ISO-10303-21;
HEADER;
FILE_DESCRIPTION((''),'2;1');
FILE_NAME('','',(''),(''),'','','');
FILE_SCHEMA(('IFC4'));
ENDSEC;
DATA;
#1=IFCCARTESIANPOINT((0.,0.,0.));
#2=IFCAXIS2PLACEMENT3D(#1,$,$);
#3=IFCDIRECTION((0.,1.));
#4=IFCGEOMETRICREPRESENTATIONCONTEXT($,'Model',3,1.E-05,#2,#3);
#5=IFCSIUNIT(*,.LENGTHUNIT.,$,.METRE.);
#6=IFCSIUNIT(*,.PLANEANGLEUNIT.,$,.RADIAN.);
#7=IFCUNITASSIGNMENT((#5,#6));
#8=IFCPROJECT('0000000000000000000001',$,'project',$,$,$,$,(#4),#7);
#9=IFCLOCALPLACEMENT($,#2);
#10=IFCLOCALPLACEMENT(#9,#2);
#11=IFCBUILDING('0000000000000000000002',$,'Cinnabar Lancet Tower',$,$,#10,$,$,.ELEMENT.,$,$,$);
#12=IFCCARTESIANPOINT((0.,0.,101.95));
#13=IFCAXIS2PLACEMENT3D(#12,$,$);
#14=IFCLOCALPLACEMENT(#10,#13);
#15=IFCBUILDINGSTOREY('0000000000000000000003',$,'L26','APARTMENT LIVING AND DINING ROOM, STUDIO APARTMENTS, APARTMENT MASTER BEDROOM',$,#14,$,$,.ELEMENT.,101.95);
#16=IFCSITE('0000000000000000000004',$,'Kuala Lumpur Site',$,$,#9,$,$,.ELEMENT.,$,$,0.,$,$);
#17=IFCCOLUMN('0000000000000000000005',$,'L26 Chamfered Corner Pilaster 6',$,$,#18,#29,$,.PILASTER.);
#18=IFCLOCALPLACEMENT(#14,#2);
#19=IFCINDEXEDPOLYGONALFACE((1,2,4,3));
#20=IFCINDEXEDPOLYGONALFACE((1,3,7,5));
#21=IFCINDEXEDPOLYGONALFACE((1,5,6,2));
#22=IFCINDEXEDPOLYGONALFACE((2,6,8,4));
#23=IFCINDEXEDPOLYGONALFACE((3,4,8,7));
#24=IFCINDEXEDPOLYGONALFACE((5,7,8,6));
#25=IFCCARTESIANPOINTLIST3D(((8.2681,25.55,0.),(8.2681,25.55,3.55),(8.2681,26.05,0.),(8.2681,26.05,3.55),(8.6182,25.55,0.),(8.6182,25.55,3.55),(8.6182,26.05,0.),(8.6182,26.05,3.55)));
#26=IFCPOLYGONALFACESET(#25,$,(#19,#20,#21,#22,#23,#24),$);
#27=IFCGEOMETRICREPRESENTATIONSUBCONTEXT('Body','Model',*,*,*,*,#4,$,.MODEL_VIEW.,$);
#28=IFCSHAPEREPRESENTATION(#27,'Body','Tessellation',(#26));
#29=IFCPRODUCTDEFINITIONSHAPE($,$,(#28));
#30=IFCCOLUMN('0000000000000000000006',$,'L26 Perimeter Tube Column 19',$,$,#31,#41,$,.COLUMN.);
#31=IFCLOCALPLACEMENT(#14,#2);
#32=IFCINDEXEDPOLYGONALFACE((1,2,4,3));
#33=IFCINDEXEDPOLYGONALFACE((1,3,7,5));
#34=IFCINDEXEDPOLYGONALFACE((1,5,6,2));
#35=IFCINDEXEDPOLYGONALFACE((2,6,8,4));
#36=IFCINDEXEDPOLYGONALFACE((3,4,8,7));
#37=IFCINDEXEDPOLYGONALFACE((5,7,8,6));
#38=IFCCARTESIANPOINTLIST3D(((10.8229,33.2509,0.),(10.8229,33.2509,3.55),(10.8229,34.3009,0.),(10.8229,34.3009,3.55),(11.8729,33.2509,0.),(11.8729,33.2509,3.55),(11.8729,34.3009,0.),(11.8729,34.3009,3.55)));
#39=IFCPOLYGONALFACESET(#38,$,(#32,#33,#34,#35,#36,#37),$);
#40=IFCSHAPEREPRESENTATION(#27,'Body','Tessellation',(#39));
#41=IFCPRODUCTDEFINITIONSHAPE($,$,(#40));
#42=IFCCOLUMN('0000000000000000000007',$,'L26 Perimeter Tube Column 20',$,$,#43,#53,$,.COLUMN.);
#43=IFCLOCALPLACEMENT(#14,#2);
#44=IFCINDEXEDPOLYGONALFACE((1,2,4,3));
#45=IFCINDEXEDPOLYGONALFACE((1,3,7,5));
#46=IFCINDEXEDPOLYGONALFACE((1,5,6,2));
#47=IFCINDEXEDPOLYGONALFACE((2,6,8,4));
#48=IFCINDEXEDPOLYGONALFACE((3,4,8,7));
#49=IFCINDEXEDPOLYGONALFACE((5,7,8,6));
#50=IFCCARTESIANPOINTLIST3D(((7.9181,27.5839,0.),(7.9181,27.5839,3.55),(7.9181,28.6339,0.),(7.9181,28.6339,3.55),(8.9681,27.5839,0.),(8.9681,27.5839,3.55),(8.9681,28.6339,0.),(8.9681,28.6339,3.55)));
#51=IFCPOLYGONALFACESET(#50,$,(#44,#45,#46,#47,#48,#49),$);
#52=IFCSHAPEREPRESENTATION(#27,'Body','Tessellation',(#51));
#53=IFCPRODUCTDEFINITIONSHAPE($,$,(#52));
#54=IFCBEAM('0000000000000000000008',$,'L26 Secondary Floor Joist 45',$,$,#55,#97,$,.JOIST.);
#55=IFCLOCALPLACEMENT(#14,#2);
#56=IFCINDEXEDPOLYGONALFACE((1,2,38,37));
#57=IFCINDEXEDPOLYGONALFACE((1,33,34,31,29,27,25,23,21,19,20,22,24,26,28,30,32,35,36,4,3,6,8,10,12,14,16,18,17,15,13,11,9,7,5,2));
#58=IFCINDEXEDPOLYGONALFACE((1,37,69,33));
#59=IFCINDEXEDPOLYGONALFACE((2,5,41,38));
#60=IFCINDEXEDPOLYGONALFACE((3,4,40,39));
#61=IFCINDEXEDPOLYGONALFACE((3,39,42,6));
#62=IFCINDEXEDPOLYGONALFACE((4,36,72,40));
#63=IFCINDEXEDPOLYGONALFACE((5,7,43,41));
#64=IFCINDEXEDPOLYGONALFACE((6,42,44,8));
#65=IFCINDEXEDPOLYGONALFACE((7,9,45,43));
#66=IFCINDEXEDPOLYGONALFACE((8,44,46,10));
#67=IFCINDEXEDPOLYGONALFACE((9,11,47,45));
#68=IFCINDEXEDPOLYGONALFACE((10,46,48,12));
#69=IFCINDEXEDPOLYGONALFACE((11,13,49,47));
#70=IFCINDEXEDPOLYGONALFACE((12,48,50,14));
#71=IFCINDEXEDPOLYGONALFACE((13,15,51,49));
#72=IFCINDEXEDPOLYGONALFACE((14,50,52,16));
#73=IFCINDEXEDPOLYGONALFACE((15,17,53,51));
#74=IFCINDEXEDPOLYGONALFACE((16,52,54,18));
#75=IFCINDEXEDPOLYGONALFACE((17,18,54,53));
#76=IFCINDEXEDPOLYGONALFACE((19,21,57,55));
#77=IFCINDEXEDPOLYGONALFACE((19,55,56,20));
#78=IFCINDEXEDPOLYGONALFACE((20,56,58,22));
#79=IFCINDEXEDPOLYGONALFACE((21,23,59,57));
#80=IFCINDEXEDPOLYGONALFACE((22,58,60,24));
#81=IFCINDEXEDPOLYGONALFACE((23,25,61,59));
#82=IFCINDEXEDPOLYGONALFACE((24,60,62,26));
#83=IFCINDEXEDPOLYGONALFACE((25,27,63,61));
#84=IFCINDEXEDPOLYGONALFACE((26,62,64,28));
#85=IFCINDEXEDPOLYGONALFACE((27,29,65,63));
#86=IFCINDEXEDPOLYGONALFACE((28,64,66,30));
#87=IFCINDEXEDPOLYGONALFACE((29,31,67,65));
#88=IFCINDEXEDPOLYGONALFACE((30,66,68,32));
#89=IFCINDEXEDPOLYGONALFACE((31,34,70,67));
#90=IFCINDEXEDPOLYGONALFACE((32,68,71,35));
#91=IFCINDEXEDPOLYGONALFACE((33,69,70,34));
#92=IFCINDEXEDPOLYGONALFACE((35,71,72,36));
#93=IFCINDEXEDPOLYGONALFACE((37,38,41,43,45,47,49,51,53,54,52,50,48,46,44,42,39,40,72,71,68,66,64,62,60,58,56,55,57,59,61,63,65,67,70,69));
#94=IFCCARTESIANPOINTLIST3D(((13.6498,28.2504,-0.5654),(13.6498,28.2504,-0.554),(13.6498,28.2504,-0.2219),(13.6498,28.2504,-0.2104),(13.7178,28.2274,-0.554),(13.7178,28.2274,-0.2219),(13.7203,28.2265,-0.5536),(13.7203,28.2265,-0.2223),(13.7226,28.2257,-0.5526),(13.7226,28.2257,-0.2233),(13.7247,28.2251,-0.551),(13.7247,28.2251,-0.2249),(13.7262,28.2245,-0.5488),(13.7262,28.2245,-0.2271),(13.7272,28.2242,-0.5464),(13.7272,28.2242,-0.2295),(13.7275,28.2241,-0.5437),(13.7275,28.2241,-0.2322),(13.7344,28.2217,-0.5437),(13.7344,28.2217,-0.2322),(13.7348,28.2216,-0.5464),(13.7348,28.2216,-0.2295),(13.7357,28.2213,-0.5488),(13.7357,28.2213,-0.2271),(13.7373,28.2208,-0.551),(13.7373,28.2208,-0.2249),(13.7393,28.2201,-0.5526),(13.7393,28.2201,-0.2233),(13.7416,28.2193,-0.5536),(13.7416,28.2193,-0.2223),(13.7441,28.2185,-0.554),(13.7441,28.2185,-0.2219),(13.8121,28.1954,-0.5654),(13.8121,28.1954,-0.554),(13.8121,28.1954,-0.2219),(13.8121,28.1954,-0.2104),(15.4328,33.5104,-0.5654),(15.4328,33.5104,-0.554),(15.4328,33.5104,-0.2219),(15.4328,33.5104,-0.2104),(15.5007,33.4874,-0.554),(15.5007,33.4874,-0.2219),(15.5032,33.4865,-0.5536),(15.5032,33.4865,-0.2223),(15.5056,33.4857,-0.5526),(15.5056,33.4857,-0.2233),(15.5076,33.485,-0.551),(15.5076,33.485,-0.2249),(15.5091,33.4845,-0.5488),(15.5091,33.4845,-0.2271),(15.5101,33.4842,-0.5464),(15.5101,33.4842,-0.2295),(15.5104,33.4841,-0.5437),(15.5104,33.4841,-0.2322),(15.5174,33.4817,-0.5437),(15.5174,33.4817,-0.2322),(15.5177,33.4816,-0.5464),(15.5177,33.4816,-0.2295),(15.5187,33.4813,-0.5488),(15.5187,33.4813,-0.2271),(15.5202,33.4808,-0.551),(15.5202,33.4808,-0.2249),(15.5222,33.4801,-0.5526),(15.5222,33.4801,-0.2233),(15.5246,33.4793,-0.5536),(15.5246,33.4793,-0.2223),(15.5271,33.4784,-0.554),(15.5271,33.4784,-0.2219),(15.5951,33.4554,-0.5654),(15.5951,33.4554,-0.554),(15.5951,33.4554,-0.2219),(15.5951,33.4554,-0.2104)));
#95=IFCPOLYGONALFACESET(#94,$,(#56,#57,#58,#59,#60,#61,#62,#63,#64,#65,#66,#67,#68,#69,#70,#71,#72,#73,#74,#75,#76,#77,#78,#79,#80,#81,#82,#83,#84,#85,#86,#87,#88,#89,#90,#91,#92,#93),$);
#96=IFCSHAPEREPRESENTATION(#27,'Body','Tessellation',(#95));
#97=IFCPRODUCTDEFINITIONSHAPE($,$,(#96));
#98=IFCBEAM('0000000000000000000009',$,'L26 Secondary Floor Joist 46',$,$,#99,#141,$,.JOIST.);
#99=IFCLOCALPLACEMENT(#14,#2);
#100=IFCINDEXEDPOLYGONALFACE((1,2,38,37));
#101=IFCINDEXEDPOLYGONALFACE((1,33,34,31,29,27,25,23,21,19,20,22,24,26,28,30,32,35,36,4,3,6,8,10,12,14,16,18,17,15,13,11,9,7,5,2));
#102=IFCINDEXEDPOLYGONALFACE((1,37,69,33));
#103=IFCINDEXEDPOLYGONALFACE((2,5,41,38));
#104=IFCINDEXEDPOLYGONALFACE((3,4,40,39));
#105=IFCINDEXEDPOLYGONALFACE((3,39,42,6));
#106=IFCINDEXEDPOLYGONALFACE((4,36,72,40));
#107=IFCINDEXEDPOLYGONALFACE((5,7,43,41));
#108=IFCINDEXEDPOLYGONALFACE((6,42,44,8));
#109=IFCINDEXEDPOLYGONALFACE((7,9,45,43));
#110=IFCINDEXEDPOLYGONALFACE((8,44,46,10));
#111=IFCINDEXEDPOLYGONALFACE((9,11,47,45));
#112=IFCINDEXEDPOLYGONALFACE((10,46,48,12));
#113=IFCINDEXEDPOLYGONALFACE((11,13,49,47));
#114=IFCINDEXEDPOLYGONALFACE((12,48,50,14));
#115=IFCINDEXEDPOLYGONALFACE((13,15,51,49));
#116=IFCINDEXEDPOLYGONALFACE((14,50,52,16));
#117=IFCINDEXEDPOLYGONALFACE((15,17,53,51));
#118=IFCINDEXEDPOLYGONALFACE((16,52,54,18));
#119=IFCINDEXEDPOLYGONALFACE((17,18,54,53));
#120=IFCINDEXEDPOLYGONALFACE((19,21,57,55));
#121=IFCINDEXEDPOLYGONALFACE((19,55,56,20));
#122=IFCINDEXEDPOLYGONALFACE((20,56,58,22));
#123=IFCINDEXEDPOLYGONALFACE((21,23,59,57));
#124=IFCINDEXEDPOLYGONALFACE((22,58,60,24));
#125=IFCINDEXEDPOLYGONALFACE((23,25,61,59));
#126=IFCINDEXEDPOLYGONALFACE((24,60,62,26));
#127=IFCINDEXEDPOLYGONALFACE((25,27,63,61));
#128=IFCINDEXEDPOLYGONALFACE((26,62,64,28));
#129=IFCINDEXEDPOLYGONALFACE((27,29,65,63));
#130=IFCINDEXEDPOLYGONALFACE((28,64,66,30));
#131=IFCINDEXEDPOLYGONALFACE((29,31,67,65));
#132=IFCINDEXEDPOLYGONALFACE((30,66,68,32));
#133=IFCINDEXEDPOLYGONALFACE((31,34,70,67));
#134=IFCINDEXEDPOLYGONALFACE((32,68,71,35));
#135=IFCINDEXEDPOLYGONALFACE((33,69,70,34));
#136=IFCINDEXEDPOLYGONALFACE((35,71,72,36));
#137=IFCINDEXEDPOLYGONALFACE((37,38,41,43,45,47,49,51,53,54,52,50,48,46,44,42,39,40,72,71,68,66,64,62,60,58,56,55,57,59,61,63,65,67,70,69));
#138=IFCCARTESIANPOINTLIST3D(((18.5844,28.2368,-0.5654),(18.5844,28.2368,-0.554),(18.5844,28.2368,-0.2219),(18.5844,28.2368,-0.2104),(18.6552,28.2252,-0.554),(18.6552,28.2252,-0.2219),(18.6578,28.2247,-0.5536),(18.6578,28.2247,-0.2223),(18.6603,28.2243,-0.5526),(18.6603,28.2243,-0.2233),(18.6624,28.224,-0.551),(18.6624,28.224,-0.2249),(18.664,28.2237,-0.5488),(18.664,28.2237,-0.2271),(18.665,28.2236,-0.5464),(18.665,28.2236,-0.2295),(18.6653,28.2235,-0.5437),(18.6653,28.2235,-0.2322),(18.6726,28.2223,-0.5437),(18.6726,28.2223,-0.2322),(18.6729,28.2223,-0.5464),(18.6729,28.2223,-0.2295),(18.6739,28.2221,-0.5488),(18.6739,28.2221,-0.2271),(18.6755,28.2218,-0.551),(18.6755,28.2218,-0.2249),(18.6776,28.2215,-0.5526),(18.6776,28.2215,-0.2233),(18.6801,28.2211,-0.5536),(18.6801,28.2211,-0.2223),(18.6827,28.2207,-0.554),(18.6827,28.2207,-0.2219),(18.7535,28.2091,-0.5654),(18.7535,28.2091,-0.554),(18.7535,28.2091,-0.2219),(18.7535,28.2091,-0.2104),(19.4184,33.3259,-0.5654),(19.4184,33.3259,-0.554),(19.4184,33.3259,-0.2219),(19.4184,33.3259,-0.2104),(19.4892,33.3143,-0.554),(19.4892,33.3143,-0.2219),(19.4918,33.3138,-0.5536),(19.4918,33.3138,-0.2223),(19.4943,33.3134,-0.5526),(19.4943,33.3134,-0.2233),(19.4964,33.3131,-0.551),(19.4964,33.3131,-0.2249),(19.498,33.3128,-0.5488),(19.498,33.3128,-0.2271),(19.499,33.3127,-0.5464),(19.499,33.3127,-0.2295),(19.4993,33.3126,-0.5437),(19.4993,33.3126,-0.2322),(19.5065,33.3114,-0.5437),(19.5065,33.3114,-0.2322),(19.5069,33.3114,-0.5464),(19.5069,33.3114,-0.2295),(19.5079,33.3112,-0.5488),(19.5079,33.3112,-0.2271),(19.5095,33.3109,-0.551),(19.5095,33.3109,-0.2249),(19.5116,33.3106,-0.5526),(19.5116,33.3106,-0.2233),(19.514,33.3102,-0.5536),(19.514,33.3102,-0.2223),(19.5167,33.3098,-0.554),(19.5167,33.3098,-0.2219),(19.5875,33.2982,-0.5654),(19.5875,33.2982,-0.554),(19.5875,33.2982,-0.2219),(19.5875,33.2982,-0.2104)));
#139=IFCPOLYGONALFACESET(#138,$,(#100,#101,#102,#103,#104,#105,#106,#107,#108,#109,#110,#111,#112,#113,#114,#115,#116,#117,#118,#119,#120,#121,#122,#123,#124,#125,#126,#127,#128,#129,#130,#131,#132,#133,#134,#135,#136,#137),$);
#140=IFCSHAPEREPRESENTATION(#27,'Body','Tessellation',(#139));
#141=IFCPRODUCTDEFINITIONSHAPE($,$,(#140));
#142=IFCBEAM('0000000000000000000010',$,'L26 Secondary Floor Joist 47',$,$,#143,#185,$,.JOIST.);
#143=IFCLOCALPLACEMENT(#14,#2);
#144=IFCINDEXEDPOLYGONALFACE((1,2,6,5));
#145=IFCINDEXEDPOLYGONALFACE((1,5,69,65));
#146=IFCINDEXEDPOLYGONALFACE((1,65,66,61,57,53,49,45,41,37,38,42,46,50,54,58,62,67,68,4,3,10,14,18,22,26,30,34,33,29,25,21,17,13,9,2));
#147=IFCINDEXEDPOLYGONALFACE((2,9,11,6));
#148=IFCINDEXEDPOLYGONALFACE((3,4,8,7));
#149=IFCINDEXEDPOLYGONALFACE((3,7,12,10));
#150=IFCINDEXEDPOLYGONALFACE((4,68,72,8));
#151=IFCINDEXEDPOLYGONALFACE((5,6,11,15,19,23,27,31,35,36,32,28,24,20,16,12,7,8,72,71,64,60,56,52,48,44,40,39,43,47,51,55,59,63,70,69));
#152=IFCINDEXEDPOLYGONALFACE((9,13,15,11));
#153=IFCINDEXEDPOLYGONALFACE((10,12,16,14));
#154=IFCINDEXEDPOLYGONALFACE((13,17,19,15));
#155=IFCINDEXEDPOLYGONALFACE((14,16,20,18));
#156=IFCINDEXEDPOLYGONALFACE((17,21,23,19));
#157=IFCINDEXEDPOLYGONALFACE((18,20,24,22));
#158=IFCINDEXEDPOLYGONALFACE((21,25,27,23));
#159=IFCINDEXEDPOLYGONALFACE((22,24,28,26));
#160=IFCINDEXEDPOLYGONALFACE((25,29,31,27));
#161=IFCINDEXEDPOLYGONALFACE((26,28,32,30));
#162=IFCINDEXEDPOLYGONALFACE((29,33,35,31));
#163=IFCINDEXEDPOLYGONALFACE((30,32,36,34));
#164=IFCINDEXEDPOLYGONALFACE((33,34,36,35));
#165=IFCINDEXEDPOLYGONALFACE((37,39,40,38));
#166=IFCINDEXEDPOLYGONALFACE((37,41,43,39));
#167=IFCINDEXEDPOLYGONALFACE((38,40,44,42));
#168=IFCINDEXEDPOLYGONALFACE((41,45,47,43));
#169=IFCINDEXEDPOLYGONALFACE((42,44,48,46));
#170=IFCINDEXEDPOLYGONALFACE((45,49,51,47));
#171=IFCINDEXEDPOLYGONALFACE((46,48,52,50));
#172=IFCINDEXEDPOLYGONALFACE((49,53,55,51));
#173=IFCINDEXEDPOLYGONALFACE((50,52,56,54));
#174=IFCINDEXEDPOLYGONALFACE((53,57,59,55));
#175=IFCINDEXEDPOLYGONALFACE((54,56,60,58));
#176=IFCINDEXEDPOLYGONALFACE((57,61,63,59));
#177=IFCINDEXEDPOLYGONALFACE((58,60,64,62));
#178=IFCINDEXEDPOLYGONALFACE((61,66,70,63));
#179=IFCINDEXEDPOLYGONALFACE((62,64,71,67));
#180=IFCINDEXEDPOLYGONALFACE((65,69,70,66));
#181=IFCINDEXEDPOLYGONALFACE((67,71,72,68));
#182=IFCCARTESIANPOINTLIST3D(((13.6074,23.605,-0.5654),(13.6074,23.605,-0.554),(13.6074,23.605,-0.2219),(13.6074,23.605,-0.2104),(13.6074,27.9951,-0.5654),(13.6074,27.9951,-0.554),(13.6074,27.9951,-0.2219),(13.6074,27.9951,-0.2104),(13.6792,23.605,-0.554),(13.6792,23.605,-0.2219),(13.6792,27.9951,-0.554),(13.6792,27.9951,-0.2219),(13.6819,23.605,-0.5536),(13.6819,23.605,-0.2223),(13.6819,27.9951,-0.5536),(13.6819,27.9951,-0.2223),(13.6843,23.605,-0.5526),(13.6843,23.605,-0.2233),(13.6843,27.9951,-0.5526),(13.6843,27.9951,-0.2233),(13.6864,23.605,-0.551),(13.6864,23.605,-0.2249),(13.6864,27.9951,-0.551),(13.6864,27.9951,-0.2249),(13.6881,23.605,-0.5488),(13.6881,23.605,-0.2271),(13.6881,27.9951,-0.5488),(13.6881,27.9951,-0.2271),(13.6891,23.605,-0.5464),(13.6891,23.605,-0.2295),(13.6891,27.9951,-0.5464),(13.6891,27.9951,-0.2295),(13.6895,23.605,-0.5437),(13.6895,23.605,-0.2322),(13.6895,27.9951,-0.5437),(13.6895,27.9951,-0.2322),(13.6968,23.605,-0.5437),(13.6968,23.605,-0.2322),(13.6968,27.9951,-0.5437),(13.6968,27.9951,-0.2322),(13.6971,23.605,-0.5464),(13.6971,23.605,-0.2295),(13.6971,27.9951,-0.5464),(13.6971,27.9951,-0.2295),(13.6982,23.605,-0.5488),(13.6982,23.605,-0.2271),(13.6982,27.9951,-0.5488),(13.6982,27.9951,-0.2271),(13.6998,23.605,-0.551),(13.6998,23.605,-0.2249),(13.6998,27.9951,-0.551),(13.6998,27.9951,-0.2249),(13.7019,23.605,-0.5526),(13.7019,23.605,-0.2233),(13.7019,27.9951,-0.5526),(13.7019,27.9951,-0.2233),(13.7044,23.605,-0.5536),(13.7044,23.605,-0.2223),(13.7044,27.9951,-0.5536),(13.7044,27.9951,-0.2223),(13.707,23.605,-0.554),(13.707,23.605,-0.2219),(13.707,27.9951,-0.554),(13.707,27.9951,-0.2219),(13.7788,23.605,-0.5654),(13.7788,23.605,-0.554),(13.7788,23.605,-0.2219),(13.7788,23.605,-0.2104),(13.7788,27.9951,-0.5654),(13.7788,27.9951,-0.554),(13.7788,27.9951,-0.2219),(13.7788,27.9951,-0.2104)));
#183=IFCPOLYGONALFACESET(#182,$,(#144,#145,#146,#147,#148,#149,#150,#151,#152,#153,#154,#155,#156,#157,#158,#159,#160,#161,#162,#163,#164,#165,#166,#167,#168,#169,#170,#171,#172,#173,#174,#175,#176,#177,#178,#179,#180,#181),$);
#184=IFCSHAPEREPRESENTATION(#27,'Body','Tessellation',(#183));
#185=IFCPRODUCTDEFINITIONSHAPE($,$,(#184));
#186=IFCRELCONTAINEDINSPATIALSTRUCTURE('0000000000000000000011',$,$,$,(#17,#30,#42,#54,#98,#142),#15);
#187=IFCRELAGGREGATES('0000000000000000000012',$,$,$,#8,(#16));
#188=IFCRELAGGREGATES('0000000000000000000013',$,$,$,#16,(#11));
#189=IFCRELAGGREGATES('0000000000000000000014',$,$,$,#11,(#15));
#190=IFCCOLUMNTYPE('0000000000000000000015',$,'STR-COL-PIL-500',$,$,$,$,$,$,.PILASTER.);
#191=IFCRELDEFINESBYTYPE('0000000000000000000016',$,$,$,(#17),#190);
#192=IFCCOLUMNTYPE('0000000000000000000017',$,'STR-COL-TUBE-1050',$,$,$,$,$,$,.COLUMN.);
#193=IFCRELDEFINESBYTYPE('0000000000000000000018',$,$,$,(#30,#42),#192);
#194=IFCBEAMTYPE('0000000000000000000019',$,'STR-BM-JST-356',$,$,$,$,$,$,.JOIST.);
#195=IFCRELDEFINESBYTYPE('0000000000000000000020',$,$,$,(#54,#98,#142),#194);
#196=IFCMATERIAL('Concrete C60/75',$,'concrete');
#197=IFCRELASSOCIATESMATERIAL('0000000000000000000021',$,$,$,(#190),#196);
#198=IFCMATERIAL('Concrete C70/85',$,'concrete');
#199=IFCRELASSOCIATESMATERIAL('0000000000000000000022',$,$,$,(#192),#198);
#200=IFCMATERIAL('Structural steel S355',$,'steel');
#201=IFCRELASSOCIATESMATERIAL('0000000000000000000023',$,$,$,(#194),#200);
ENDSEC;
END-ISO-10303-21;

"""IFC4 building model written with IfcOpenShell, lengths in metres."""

from ifc_helpers import new_model, si_unit, direction, frame, origin, origin_2d, place, context, subcontext, project, spatial, rectangle, i_section, extrude, material, material_profile, profile_set, type_object, element, save


model = new_model("IFC4")

# Units and contexts
model_context = context("Model", 3, precision=1e-05, world=origin(), true_north=direction((0.0, 1.0)))
body_context = subcontext(model_context, "Body", "Model", "MODEL_VIEW")
ifc_project = project(units=[si_unit("LENGTHUNIT", "METRE"), si_unit("PLANEANGLEUNIT", "RADIAN")], contexts=[model_context])

# Site, building, storey
site_placement = place(None, origin())
site = spatial("IfcSite", under=ifc_project, at=site_placement, Name="Kuala Lumpur Site", CompositionType="ELEMENT", RefElevation=0.0)
building_placement = place(site_placement, origin())
building = spatial("IfcBuilding", under=site, at=building_placement, Name="Cinnabar Lancet Tower", CompositionType="ELEMENT")
storey_placement = place(building_placement, frame((0.0, 0.0, 101.95)))
storey = spatial("IfcBuildingStorey", under=building, at=storey_placement, Name="L26", Description="APARTMENT LIVING AND DINING ROOM, STUDIO APARTMENTS, APARTMENT MASTER BEDROOM", CompositionType="ELEMENT", Elevation=101.95)

# Columns
ifc_material_1 = material(Name="Concrete C60/75", Category="concrete")
ifc_material_profile_1 = material_profile(ifc_material_1, rectangle(XDim=0.5, YDim=0.3501, at=origin_2d()), Name="RC-PIL 500x350")
ifc_profile_set_1 = profile_set([ifc_material_profile_1], Name="Concrete C60/75")
column_type_1 = type_object("IfcColumnType", Name="STR-COL-PIL-500", PredefinedType="PILASTER", material=ifc_profile_set_1)
column_placement = place(storey_placement, frame((8.4431, 25.8, 0.0), z_axis=(0.0, 0.0, 1.0), x_axis=(0.0, -1.0, 0.0)))
element("IfcColumn", 1, at=column_placement, inside=storey, type_object=column_type_1, Name="L26 Chamfered Corner Pilaster 6", PredefinedType="PILASTER", context=body_context, shape_type="SweptSolid", body=[
    extrude(rectangle(XDim=0.5, YDim=0.3501, at=origin_2d()), origin(), (0.0, 0.0, 1.0), 3.55),
])
ifc_material_2 = material(Name="Concrete C70/85", Category="concrete")
ifc_material_profile_2 = material_profile(ifc_material_2, rectangle(XDim=1.05, YDim=1.05, at=origin_2d()), Name="RC-COL 1050x1050")
ifc_profile_set_2 = profile_set([ifc_material_profile_2], Name="Concrete C70/85")
column_type_2 = type_object("IfcColumnType", Name="STR-COL-TUBE-1050", PredefinedType="COLUMN", material=ifc_profile_set_2)
for number, where, z_axis, x_axis, name in (
    (2, (11.3479, 33.7759, 0.0), (0.0, 0.0, 1.0), (1.0, 0.0, 0.0), "L26 Perimeter Tube Column 19"),
    (3, (8.4431, 28.1089, 0.0), (0.0, 0.0, 1.0), (1.0, 0.0, 0.0), "L26 Perimeter Tube Column 20"),
):
    element("IfcColumn", number, at=place(storey_placement, frame(where, z_axis=z_axis, x_axis=x_axis)), inside=storey, type_object=column_type_2, Name=name, PredefinedType="COLUMN", context=body_context, shape_type="SweptSolid", body=[
        extrude(rectangle(XDim=1.05, YDim=1.05, at=origin_2d()), origin(), (0.0, 0.0, 1.0), 3.55),
    ])

# Beams
ifc_material_3 = material(Name="Structural steel S355", Category="steel")
ifc_material_profile_3 = material_profile(ifc_material_3, i_section(OverallWidth=0.1714, OverallDepth=0.355, WebThickness=0.0073, FlangeThickness=0.0115, FilletRadius=0.0103, at=origin_2d()), Name="UKB 356x171x51")
ifc_profile_set_3 = profile_set([ifc_material_profile_3], Name="Structural steel S355")
beam_type_1 = type_object("IfcBeamType", Name="STR-BM-JST-356", PredefinedType="JOIST", material=ifc_profile_set_3)
beam_1_placement = place(storey_placement, frame((15.5139, 33.4829, -0.3879), z_axis=(-0.321024, -0.947071, 0.0), x_axis=(0.947071, -0.321024, 0.0)))
element("IfcBeam", 4, at=beam_1_placement, inside=storey, type_object=beam_type_1, Name="L26 Secondary Floor Joist 45", PredefinedType="JOIST", context=body_context, shape_type="SweptSolid", body=[
    extrude(i_section(OverallWidth=0.1714, OverallDepth=0.355, WebThickness=0.0073, FlangeThickness=0.0115, FilletRadius=0.0103, at=origin_2d()), origin(), (0.0, 0.0, 1.0), 5.554),
])
beam_2_placement = place(storey_placement, frame((19.5029, 33.312, -0.3879), z_axis=(-0.161719, -0.986837, 0.0), x_axis=(0.986837, -0.161719, 0.0)))
element("IfcBeam", 5, at=beam_2_placement, inside=storey, type_object=beam_type_1, Name="L26 Secondary Floor Joist 46", PredefinedType="JOIST", context=body_context, shape_type="SweptSolid", body=[
    extrude(i_section(OverallWidth=0.1714, OverallDepth=0.355, WebThickness=0.0073, FlangeThickness=0.0115, FilletRadius=0.0103, at=origin_2d()), origin(), (0.0, 0.0, 1.0), 5.157),
])
for number, where, z_axis, x_axis, name in (
    (6, (13.6931, 27.9951, -0.3879), (0.0, -1.0, 0.0), (1.0, 0.0, 0.0), "L26 Secondary Floor Joist 47"),
):
    element("IfcBeam", number, at=place(storey_placement, frame(where, z_axis=z_axis, x_axis=x_axis)), inside=storey, type_object=beam_type_1, Name=name, PredefinedType="JOIST", context=body_context, shape_type="SweptSolid", body=[
        extrude(i_section(OverallWidth=0.1714, OverallDepth=0.355, WebThickness=0.0073, FlangeThickness=0.0115, FilletRadius=0.0103, at=origin_2d()), origin(), (0.0, 0.0, 1.0), 4.3901),
    ])

save(model, "model.ifc")
